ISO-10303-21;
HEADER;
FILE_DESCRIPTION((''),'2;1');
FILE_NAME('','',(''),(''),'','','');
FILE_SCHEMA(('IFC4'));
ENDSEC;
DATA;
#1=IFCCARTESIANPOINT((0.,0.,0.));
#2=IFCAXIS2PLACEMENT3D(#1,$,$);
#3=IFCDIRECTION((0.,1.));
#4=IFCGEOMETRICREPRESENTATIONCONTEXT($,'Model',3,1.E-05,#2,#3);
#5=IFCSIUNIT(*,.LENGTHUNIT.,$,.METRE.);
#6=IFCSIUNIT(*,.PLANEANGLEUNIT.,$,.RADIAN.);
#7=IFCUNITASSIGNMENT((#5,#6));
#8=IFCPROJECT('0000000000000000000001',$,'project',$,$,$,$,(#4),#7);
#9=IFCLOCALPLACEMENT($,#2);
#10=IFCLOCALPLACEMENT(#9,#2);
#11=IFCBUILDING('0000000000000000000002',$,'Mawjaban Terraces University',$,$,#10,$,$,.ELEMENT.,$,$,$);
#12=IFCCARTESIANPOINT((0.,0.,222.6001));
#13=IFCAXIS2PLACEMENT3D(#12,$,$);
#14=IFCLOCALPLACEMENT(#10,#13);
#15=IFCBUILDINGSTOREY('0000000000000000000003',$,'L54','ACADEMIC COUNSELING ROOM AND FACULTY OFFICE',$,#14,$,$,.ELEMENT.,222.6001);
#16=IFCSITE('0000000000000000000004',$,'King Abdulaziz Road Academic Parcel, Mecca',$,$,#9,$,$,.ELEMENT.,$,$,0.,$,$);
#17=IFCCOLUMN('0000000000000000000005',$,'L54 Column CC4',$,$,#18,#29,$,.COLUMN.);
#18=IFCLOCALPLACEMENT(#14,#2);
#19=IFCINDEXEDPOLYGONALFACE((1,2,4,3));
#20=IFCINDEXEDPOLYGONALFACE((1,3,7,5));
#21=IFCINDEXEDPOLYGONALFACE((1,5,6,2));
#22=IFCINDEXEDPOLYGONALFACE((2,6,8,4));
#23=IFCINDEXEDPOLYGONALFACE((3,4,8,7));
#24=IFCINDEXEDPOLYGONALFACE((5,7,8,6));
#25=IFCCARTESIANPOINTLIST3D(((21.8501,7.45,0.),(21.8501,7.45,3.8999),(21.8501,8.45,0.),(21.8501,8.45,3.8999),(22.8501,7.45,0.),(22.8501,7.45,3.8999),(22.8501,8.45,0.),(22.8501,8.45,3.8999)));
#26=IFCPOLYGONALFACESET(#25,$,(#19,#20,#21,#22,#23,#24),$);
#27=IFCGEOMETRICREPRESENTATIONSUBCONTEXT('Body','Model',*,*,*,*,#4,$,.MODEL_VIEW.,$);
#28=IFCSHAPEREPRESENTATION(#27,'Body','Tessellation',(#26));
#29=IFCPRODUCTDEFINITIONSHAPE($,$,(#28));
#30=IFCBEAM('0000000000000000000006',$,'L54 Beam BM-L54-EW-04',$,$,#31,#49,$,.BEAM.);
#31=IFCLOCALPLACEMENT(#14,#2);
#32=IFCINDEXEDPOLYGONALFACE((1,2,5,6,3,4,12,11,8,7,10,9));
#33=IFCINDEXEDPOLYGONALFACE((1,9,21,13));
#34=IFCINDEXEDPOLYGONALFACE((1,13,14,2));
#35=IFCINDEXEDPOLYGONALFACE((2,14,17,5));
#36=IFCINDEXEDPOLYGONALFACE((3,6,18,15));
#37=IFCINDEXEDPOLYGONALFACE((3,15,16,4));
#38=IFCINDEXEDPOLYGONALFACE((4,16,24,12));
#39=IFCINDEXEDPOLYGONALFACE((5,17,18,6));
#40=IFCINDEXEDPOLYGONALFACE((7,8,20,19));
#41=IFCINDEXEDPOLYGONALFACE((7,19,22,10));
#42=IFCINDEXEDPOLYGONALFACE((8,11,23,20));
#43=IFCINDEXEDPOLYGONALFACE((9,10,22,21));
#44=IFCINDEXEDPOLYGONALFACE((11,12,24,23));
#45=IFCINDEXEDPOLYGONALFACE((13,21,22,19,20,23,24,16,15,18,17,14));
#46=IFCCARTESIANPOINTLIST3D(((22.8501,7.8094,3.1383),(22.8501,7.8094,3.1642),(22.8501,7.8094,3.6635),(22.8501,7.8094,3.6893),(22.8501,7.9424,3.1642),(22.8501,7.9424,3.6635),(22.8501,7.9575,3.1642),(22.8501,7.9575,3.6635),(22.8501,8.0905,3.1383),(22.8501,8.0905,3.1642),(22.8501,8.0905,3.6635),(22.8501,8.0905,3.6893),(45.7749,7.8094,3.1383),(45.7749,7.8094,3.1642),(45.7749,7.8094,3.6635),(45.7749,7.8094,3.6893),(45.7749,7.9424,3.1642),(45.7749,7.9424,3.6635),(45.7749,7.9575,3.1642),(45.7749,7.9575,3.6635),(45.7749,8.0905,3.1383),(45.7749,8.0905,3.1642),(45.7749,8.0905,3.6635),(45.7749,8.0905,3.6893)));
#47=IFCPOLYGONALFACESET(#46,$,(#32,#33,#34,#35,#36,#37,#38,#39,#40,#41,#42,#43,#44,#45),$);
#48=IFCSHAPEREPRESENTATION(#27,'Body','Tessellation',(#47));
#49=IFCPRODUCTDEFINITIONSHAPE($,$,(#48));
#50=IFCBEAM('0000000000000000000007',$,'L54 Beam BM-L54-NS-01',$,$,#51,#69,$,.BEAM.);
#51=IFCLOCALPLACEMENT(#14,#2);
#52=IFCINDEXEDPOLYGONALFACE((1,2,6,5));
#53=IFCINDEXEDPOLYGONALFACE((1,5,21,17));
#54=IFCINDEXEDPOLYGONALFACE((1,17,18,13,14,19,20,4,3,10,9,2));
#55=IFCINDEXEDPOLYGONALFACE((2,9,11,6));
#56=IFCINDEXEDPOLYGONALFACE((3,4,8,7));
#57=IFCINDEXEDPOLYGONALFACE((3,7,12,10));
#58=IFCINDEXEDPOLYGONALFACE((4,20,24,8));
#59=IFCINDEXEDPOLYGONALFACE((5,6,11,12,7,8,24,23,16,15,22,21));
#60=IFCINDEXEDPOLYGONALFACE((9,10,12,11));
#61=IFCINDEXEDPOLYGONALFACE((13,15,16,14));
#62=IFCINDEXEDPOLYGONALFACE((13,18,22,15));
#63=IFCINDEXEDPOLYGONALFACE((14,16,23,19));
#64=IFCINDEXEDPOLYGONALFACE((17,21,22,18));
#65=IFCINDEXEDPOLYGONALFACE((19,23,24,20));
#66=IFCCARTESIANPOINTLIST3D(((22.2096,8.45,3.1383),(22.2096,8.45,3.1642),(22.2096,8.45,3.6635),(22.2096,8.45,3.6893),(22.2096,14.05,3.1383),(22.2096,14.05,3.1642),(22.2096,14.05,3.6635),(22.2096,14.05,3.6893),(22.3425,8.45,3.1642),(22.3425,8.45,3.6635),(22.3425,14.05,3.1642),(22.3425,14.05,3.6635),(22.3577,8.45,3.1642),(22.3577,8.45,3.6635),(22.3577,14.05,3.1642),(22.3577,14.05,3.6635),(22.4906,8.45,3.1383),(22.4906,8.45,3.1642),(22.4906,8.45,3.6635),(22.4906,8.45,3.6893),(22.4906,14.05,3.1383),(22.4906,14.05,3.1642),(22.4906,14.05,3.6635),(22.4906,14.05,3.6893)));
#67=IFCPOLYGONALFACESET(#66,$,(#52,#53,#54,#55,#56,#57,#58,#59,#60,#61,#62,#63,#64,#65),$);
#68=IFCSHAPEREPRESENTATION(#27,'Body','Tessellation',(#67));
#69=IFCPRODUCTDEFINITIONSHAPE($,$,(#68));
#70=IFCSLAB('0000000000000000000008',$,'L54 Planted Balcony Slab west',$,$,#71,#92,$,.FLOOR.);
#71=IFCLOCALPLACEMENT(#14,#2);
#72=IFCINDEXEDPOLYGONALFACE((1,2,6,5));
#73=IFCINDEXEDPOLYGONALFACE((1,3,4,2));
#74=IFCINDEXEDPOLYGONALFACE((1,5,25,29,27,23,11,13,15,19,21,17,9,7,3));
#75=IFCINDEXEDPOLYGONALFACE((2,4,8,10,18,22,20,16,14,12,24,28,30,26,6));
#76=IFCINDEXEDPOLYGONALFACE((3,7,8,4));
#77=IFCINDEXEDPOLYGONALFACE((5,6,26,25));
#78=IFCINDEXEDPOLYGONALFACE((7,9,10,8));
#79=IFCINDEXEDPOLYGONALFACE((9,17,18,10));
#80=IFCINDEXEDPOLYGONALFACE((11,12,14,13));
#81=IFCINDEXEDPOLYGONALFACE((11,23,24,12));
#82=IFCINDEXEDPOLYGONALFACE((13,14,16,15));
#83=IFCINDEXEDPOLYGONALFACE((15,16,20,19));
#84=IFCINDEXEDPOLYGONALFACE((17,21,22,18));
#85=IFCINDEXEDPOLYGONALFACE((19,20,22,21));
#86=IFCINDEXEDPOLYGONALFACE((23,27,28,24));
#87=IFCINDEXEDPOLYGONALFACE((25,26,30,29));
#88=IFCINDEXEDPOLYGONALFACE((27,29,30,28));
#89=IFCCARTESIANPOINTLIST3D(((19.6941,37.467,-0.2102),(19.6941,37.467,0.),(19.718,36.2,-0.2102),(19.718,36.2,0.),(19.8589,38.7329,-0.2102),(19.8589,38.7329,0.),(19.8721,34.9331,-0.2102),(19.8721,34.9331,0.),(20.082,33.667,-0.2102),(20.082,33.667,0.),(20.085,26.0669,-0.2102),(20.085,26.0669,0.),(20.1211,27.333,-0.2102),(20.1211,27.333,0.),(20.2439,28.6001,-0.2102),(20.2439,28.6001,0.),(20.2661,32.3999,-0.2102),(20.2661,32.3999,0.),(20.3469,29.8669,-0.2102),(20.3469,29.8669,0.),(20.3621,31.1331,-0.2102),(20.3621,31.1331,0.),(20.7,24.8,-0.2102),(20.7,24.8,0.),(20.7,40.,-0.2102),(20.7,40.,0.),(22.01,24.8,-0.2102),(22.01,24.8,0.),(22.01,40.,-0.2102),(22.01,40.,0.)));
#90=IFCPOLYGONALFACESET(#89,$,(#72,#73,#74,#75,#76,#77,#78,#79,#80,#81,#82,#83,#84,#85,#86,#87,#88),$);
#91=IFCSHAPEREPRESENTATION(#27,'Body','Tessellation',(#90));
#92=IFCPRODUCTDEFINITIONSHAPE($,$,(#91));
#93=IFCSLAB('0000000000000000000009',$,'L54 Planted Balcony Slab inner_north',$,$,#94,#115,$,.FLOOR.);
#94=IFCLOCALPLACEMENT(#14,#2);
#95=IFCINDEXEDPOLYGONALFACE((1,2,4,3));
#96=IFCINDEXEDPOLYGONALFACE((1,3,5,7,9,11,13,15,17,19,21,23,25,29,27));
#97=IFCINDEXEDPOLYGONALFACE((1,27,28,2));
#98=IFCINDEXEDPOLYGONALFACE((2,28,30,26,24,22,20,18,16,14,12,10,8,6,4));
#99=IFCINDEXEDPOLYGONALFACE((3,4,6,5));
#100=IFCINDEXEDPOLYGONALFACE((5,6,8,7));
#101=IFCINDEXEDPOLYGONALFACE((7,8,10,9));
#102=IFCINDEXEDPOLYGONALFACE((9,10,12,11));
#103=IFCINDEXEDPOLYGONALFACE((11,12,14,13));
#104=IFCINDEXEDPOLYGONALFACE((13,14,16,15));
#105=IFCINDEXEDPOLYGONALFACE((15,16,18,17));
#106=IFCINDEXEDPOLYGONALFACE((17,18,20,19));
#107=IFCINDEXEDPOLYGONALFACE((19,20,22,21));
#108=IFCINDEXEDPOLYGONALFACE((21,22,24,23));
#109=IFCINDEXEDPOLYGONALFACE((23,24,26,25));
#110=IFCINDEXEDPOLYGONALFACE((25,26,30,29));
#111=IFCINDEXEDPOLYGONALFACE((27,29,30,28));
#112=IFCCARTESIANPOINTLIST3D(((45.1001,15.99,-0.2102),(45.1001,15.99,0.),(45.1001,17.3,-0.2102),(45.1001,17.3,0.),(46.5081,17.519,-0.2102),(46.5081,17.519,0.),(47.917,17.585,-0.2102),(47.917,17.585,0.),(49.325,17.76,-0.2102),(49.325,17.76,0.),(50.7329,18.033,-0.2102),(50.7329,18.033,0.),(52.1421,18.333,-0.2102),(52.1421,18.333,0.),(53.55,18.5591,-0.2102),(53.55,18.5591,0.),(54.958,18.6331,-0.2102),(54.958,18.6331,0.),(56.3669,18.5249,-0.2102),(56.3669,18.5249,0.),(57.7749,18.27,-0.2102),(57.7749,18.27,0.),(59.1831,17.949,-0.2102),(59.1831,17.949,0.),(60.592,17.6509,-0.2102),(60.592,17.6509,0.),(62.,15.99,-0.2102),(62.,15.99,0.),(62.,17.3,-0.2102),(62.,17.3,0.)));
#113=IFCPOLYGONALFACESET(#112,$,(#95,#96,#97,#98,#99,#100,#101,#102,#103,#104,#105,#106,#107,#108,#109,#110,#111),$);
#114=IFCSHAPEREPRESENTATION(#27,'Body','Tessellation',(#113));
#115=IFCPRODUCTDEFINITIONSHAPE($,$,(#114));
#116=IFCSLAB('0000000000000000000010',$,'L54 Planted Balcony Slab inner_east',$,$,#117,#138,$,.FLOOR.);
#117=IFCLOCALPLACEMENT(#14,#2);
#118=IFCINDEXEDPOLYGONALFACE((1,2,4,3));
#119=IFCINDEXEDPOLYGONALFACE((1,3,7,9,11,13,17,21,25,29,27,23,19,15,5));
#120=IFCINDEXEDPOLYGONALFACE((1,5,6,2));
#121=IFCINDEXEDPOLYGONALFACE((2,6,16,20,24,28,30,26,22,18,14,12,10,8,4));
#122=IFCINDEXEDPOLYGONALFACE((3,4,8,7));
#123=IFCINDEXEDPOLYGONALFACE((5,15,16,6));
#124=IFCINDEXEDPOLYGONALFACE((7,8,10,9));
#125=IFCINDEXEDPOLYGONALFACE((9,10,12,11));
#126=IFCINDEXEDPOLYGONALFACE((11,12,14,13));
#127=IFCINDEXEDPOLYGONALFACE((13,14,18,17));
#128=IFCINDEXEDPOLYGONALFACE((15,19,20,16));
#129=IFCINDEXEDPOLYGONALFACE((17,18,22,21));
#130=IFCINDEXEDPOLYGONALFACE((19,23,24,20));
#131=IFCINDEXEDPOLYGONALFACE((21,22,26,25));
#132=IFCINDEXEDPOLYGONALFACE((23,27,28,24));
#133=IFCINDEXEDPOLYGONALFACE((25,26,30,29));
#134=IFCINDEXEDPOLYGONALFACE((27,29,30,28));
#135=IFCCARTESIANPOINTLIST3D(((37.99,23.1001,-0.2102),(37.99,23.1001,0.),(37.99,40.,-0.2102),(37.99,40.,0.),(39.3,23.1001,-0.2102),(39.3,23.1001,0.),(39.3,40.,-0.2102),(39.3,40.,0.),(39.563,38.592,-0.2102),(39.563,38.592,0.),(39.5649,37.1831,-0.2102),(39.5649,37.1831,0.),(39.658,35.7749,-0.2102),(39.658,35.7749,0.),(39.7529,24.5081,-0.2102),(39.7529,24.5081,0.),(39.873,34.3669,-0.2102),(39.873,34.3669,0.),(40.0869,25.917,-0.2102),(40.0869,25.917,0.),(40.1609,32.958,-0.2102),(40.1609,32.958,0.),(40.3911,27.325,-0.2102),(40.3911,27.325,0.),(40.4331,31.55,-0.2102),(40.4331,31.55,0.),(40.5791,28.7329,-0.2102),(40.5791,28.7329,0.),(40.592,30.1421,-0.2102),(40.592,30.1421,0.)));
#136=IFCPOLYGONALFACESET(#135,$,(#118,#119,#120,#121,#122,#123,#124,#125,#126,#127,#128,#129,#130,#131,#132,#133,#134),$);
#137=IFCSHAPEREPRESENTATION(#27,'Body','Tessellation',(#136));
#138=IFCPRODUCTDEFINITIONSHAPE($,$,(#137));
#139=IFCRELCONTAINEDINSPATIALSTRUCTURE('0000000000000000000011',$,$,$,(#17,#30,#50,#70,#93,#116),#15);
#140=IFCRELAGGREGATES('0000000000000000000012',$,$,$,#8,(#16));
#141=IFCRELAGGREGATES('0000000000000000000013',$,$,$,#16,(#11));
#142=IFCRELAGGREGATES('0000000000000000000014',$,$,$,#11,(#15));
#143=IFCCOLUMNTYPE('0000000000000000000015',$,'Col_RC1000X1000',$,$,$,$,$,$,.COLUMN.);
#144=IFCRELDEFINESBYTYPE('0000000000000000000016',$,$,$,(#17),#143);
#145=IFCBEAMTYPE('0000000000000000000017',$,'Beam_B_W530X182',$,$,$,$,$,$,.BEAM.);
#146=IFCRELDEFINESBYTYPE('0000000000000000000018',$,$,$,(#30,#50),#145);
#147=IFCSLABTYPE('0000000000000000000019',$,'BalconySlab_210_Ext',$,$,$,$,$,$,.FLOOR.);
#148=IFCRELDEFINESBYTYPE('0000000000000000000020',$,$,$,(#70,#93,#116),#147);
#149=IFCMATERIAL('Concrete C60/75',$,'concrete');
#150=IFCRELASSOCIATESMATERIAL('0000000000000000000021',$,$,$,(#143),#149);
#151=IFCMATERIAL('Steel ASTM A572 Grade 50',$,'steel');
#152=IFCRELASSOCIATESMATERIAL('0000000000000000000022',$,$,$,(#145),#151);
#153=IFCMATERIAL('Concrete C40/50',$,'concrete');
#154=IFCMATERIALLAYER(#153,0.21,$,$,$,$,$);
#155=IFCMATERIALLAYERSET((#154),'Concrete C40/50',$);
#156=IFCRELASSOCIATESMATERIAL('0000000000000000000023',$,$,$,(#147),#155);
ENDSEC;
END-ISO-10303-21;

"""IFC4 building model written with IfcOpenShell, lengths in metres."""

from ifc_helpers import new_model, si_unit, direction, frame, origin, origin_2d, place, context, subcontext, project, spatial, polyline, rectangle, i_section, outline, extrude, material, layer, layer_set, material_profile, profile_set, type_object, element, save


model = new_model("IFC4")

# Units and contexts
model_context = context("Model", 3, precision=1e-05, world=origin(), true_north=direction((0.0, 1.0)))
body_context = subcontext(model_context, "Body", "Model", "MODEL_VIEW")
ifc_project = project(units=[si_unit("LENGTHUNIT", "METRE"), si_unit("PLANEANGLEUNIT", "RADIAN")], contexts=[model_context])

# Site, building, storey
site_placement = place(None, origin())
site = spatial("IfcSite", under=ifc_project, at=site_placement, Name="King Abdulaziz Road Academic Parcel, Mecca", CompositionType="ELEMENT", RefElevation=0.0)
building_placement = place(site_placement, origin())
building = spatial("IfcBuilding", under=site, at=building_placement, Name="Mawjaban Terraces University", CompositionType="ELEMENT")
storey_placement = place(building_placement, frame((0.0, 0.0, 222.6001)))
storey = spatial("IfcBuildingStorey", under=building, at=storey_placement, Name="L54", Description="ACADEMIC COUNSELING ROOM AND FACULTY OFFICE", CompositionType="ELEMENT", Elevation=222.6001)

# Column
ifc_material_1 = material(Name="Concrete C60/75", Category="concrete")
ifc_material_profile_1 = material_profile(ifc_material_1, rectangle(XDim=1.0, YDim=1.0, at=origin_2d()), Name="RC1000X1000")
ifc_profile_set_1 = profile_set([ifc_material_profile_1], Name="Concrete C60/75")
column_type = type_object("IfcColumnType", Name="Col_RC1000X1000", PredefinedType="COLUMN", material=ifc_profile_set_1)
column_placement = place(storey_placement, frame((22.3501, 7.95, 0.0), z_axis=(0.0, 0.0, 1.0), x_axis=(1.0, 0.0, 0.0)))
element("IfcColumn", 1, at=column_placement, inside=storey, type_object=column_type, Name="L54 Column CC4", PredefinedType="COLUMN", context=body_context, shape_type="SweptSolid", body=[
    extrude(rectangle(XDim=1.0, YDim=1.0, at=origin_2d()), origin(), (0.0, 0.0, 1.0), 3.8999),
])

# Beams
ifc_material_2 = material(Name="Steel ASTM A572 Grade 50", Category="steel")
ifc_material_profile_2 = material_profile(ifc_material_2, i_section(OverallWidth=0.281, OverallDepth=0.551, WebThickness=0.0151, FlangeThickness=0.0259, at=origin_2d()), Name="W530X182")
ifc_profile_set_2 = profile_set([ifc_material_profile_2], Name="Steel ASTM A572 Grade 50")
beam_type = type_object("IfcBeamType", Name="Beam_B_W530X182", PredefinedType="BEAM", material=ifc_profile_set_2)
beam_1_placement = place(storey_placement, frame((22.8501, 7.95, 3.4138), z_axis=(1.0, 0.0, 0.0), x_axis=(0.0, 1.0, 0.0)))
element("IfcBeam", 2, at=beam_1_placement, inside=storey, type_object=beam_type, Name="L54 Beam BM-L54-EW-04", PredefinedType="BEAM", context=body_context, shape_type="SweptSolid", body=[
    extrude(i_section(OverallWidth=0.281, OverallDepth=0.551, WebThickness=0.0151, FlangeThickness=0.0259, at=origin_2d()), origin(), (0.0, 0.0, 1.0), 22.9248),
])
beam_2_placement = place(storey_placement, frame((22.3501, 8.45, 3.4138), z_axis=(0.0, 1.0, 0.0), x_axis=(-1.0, 0.0, 0.0)))
element("IfcBeam", 3, at=beam_2_placement, inside=storey, type_object=beam_type, Name="L54 Beam BM-L54-NS-01", PredefinedType="BEAM", context=body_context, shape_type="SweptSolid", body=[
    extrude(i_section(OverallWidth=0.281, OverallDepth=0.551, WebThickness=0.0151, FlangeThickness=0.0259, at=origin_2d()), origin(), (0.0, 0.0, 1.0), 5.6001),
])

# Slabs
ifc_material_3 = material(Name="Concrete C40/50", Category="concrete")
ifc_layer_1 = layer(ifc_material_3, 0.21)
ifc_layer_set_1 = layer_set([ifc_layer_1], Name="Concrete C40/50")
slab_type_1 = type_object("IfcSlabType", Name="BalconySlab_210_Ext", PredefinedType="FLOOR", material=ifc_layer_set_1)
slab_1_placement = place(storey_placement, frame((0.0, 0.0, -0.2102)))
element("IfcSlab", 4, at=slab_1_placement, inside=storey, type_object=slab_type_1, Name="L54 Planted Balcony Slab west", PredefinedType="FLOOR", context=body_context, shape_type="SweptSolid", body=[
    extrude(outline(polyline([(22.01, 24.8), (22.01, 40.0), (20.7, 40.0), (19.8589, 38.7329), (19.6941, 37.467), (19.718, 36.2), (19.8721, 34.9331), (20.082, 33.667), (20.2661, 32.3999), (20.3621, 31.1331), (20.3469, 29.8669), (20.2439, 28.6001), (20.1211, 27.333), (20.085, 26.0669), (20.7, 24.8), (22.01, 24.8)])), origin(), (0.0, 0.0, 1.0), 0.2102),
])
slab_2_placement = place(storey_placement, frame((0.0, 0.0, -0.2102)))
element("IfcSlab", 5, at=slab_2_placement, inside=storey, type_object=slab_type_1, Name="L54 Planted Balcony Slab inner_north", PredefinedType="FLOOR", context=body_context, shape_type="SweptSolid", body=[
    extrude(outline(polyline([(45.1001, 15.99), (62.0, 15.99), (62.0, 17.3), (60.592, 17.6509), (59.1831, 17.949), (57.7749, 18.27), (56.3669, 18.5249), (54.958, 18.6331), (53.55, 18.5591), (52.1421, 18.333), (50.7329, 18.033), (49.325, 17.76), (47.917, 17.585), (46.5081, 17.519), (45.1001, 17.3), (45.1001, 15.99)])), origin(), (0.0, 0.0, 1.0), 0.2102),
])
slab_3_placement = place(storey_placement, frame((0.0, 0.0, -0.2102)))
element("IfcSlab", 6, at=slab_3_placement, inside=storey, type_object=slab_type_1, Name="L54 Planted Balcony Slab inner_east", PredefinedType="FLOOR", context=body_context, shape_type="SweptSolid", body=[
    extrude(outline(polyline([(39.3, 23.1001), (39.7529, 24.5081), (40.0869, 25.917), (40.3911, 27.325), (40.5791, 28.7329), (40.592, 30.1421), (40.4331, 31.55), (40.1609, 32.958), (39.873, 34.3669), (39.658, 35.7749), (39.5649, 37.1831), (39.563, 38.592), (39.3, 40.0), (37.99, 40.0), (37.99, 23.1001), (39.3, 23.1001)])), origin(), (0.0, 0.0, 1.0), 0.2102),
])

save(model, "model.ifc")
